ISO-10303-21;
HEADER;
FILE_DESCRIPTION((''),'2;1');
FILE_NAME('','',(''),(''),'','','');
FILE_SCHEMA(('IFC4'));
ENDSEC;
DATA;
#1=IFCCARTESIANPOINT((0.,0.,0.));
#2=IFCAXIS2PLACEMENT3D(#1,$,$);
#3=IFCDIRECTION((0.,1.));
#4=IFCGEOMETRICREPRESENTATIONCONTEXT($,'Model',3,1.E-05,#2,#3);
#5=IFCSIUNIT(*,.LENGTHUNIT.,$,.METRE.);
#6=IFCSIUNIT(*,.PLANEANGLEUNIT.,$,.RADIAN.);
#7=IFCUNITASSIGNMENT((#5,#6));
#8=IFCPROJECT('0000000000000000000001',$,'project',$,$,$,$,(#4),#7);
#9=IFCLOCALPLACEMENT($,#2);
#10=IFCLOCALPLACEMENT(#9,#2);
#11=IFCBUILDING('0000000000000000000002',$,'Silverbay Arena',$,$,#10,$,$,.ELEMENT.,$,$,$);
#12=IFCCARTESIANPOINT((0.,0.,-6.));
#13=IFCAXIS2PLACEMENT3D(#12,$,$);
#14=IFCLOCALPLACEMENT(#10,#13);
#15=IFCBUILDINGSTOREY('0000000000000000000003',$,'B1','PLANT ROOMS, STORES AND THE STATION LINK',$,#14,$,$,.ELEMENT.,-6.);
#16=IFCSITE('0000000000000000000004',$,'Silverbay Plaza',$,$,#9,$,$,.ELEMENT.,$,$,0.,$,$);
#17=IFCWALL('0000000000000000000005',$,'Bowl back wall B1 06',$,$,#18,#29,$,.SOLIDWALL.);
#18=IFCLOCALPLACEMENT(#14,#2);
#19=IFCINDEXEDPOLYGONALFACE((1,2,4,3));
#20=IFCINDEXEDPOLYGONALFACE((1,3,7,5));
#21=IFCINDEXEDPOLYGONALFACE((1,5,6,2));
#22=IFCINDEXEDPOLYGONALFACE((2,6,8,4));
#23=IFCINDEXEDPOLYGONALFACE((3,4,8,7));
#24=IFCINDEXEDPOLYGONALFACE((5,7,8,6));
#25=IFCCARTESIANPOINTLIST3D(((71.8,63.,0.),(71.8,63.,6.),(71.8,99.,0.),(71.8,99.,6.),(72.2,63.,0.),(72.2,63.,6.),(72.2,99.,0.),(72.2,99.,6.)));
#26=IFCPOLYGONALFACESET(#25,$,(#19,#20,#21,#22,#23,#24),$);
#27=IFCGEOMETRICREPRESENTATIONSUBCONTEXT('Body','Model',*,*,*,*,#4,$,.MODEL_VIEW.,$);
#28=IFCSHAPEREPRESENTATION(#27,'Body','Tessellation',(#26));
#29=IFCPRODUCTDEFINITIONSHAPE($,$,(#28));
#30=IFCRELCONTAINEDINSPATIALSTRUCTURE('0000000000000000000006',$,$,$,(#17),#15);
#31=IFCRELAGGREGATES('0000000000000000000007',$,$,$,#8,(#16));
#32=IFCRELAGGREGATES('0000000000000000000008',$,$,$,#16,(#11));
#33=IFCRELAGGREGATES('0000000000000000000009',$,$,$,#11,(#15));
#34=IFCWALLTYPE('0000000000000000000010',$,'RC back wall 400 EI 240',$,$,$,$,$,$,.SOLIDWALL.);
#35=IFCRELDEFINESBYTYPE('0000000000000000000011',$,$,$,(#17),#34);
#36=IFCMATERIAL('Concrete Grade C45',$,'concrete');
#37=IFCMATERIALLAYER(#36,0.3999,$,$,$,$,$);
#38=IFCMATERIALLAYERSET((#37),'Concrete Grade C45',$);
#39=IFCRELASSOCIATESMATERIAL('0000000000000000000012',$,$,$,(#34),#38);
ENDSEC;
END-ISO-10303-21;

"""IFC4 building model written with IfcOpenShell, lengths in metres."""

from ifc_helpers import new_model, si_unit, direction, frame, frame_2d, origin, place, context, subcontext, project, spatial, rectangle, extrude, material, layer, layer_set, type_object, element, save


model = new_model("IFC4")

# Units and contexts
model_context = context("Model", 3, precision=1e-05, world=origin(), true_north=direction((0.0, 1.0)))
body_context = subcontext(model_context, "Body", "Model", "MODEL_VIEW")
ifc_project = project(units=[si_unit("LENGTHUNIT", "METRE"), si_unit("PLANEANGLEUNIT", "RADIAN")], contexts=[model_context])

# Site, building, storey
site_placement = place(None, origin())
site = spatial("IfcSite", under=ifc_project, at=site_placement, Name="Silverbay Plaza", CompositionType="ELEMENT", RefElevation=0.0)
building_placement = place(site_placement, origin())
building = spatial("IfcBuilding", under=site, at=building_placement, Name="Silverbay Arena", CompositionType="ELEMENT")
storey_placement = place(building_placement, frame((0.0, 0.0, -6.0)))
storey = spatial("IfcBuildingStorey", under=building, at=storey_placement, Name="B1", Description="PLANT ROOMS, STORES AND THE STATION LINK", CompositionType="ELEMENT", Elevation=-6.0)

# Wall
ifc_material_1 = material(Name="Concrete Grade C45", Category="concrete")
ifc_layer_1 = layer(ifc_material_1, 0.3999)
ifc_layer_set_1 = layer_set([ifc_layer_1], Name="Concrete Grade C45")
wall_type_1 = type_object("IfcWallType", Name="RC back wall 400 EI 240", PredefinedType="SOLIDWALL", material=ifc_layer_set_1)
wall_1_placement = place(storey_placement, frame((72.0, 99.0, 0.0), z_axis=(0.0, 0.0, 1.0), x_axis=(0.0, -1.0, 0.0)))
element("IfcWall", 1, at=wall_1_placement, inside=storey, type_object=wall_type_1, Name="Bowl back wall B1 06", PredefinedType="SOLIDWALL", context=body_context, shape_type="SweptSolid", body=[
    extrude(rectangle(XDim=36.0, YDim=0.3999, at=frame_2d((18.0, 0.0))), origin(), (0.0, 0.0, 1.0), 6.0),
])

save(model, "model.ifc")
